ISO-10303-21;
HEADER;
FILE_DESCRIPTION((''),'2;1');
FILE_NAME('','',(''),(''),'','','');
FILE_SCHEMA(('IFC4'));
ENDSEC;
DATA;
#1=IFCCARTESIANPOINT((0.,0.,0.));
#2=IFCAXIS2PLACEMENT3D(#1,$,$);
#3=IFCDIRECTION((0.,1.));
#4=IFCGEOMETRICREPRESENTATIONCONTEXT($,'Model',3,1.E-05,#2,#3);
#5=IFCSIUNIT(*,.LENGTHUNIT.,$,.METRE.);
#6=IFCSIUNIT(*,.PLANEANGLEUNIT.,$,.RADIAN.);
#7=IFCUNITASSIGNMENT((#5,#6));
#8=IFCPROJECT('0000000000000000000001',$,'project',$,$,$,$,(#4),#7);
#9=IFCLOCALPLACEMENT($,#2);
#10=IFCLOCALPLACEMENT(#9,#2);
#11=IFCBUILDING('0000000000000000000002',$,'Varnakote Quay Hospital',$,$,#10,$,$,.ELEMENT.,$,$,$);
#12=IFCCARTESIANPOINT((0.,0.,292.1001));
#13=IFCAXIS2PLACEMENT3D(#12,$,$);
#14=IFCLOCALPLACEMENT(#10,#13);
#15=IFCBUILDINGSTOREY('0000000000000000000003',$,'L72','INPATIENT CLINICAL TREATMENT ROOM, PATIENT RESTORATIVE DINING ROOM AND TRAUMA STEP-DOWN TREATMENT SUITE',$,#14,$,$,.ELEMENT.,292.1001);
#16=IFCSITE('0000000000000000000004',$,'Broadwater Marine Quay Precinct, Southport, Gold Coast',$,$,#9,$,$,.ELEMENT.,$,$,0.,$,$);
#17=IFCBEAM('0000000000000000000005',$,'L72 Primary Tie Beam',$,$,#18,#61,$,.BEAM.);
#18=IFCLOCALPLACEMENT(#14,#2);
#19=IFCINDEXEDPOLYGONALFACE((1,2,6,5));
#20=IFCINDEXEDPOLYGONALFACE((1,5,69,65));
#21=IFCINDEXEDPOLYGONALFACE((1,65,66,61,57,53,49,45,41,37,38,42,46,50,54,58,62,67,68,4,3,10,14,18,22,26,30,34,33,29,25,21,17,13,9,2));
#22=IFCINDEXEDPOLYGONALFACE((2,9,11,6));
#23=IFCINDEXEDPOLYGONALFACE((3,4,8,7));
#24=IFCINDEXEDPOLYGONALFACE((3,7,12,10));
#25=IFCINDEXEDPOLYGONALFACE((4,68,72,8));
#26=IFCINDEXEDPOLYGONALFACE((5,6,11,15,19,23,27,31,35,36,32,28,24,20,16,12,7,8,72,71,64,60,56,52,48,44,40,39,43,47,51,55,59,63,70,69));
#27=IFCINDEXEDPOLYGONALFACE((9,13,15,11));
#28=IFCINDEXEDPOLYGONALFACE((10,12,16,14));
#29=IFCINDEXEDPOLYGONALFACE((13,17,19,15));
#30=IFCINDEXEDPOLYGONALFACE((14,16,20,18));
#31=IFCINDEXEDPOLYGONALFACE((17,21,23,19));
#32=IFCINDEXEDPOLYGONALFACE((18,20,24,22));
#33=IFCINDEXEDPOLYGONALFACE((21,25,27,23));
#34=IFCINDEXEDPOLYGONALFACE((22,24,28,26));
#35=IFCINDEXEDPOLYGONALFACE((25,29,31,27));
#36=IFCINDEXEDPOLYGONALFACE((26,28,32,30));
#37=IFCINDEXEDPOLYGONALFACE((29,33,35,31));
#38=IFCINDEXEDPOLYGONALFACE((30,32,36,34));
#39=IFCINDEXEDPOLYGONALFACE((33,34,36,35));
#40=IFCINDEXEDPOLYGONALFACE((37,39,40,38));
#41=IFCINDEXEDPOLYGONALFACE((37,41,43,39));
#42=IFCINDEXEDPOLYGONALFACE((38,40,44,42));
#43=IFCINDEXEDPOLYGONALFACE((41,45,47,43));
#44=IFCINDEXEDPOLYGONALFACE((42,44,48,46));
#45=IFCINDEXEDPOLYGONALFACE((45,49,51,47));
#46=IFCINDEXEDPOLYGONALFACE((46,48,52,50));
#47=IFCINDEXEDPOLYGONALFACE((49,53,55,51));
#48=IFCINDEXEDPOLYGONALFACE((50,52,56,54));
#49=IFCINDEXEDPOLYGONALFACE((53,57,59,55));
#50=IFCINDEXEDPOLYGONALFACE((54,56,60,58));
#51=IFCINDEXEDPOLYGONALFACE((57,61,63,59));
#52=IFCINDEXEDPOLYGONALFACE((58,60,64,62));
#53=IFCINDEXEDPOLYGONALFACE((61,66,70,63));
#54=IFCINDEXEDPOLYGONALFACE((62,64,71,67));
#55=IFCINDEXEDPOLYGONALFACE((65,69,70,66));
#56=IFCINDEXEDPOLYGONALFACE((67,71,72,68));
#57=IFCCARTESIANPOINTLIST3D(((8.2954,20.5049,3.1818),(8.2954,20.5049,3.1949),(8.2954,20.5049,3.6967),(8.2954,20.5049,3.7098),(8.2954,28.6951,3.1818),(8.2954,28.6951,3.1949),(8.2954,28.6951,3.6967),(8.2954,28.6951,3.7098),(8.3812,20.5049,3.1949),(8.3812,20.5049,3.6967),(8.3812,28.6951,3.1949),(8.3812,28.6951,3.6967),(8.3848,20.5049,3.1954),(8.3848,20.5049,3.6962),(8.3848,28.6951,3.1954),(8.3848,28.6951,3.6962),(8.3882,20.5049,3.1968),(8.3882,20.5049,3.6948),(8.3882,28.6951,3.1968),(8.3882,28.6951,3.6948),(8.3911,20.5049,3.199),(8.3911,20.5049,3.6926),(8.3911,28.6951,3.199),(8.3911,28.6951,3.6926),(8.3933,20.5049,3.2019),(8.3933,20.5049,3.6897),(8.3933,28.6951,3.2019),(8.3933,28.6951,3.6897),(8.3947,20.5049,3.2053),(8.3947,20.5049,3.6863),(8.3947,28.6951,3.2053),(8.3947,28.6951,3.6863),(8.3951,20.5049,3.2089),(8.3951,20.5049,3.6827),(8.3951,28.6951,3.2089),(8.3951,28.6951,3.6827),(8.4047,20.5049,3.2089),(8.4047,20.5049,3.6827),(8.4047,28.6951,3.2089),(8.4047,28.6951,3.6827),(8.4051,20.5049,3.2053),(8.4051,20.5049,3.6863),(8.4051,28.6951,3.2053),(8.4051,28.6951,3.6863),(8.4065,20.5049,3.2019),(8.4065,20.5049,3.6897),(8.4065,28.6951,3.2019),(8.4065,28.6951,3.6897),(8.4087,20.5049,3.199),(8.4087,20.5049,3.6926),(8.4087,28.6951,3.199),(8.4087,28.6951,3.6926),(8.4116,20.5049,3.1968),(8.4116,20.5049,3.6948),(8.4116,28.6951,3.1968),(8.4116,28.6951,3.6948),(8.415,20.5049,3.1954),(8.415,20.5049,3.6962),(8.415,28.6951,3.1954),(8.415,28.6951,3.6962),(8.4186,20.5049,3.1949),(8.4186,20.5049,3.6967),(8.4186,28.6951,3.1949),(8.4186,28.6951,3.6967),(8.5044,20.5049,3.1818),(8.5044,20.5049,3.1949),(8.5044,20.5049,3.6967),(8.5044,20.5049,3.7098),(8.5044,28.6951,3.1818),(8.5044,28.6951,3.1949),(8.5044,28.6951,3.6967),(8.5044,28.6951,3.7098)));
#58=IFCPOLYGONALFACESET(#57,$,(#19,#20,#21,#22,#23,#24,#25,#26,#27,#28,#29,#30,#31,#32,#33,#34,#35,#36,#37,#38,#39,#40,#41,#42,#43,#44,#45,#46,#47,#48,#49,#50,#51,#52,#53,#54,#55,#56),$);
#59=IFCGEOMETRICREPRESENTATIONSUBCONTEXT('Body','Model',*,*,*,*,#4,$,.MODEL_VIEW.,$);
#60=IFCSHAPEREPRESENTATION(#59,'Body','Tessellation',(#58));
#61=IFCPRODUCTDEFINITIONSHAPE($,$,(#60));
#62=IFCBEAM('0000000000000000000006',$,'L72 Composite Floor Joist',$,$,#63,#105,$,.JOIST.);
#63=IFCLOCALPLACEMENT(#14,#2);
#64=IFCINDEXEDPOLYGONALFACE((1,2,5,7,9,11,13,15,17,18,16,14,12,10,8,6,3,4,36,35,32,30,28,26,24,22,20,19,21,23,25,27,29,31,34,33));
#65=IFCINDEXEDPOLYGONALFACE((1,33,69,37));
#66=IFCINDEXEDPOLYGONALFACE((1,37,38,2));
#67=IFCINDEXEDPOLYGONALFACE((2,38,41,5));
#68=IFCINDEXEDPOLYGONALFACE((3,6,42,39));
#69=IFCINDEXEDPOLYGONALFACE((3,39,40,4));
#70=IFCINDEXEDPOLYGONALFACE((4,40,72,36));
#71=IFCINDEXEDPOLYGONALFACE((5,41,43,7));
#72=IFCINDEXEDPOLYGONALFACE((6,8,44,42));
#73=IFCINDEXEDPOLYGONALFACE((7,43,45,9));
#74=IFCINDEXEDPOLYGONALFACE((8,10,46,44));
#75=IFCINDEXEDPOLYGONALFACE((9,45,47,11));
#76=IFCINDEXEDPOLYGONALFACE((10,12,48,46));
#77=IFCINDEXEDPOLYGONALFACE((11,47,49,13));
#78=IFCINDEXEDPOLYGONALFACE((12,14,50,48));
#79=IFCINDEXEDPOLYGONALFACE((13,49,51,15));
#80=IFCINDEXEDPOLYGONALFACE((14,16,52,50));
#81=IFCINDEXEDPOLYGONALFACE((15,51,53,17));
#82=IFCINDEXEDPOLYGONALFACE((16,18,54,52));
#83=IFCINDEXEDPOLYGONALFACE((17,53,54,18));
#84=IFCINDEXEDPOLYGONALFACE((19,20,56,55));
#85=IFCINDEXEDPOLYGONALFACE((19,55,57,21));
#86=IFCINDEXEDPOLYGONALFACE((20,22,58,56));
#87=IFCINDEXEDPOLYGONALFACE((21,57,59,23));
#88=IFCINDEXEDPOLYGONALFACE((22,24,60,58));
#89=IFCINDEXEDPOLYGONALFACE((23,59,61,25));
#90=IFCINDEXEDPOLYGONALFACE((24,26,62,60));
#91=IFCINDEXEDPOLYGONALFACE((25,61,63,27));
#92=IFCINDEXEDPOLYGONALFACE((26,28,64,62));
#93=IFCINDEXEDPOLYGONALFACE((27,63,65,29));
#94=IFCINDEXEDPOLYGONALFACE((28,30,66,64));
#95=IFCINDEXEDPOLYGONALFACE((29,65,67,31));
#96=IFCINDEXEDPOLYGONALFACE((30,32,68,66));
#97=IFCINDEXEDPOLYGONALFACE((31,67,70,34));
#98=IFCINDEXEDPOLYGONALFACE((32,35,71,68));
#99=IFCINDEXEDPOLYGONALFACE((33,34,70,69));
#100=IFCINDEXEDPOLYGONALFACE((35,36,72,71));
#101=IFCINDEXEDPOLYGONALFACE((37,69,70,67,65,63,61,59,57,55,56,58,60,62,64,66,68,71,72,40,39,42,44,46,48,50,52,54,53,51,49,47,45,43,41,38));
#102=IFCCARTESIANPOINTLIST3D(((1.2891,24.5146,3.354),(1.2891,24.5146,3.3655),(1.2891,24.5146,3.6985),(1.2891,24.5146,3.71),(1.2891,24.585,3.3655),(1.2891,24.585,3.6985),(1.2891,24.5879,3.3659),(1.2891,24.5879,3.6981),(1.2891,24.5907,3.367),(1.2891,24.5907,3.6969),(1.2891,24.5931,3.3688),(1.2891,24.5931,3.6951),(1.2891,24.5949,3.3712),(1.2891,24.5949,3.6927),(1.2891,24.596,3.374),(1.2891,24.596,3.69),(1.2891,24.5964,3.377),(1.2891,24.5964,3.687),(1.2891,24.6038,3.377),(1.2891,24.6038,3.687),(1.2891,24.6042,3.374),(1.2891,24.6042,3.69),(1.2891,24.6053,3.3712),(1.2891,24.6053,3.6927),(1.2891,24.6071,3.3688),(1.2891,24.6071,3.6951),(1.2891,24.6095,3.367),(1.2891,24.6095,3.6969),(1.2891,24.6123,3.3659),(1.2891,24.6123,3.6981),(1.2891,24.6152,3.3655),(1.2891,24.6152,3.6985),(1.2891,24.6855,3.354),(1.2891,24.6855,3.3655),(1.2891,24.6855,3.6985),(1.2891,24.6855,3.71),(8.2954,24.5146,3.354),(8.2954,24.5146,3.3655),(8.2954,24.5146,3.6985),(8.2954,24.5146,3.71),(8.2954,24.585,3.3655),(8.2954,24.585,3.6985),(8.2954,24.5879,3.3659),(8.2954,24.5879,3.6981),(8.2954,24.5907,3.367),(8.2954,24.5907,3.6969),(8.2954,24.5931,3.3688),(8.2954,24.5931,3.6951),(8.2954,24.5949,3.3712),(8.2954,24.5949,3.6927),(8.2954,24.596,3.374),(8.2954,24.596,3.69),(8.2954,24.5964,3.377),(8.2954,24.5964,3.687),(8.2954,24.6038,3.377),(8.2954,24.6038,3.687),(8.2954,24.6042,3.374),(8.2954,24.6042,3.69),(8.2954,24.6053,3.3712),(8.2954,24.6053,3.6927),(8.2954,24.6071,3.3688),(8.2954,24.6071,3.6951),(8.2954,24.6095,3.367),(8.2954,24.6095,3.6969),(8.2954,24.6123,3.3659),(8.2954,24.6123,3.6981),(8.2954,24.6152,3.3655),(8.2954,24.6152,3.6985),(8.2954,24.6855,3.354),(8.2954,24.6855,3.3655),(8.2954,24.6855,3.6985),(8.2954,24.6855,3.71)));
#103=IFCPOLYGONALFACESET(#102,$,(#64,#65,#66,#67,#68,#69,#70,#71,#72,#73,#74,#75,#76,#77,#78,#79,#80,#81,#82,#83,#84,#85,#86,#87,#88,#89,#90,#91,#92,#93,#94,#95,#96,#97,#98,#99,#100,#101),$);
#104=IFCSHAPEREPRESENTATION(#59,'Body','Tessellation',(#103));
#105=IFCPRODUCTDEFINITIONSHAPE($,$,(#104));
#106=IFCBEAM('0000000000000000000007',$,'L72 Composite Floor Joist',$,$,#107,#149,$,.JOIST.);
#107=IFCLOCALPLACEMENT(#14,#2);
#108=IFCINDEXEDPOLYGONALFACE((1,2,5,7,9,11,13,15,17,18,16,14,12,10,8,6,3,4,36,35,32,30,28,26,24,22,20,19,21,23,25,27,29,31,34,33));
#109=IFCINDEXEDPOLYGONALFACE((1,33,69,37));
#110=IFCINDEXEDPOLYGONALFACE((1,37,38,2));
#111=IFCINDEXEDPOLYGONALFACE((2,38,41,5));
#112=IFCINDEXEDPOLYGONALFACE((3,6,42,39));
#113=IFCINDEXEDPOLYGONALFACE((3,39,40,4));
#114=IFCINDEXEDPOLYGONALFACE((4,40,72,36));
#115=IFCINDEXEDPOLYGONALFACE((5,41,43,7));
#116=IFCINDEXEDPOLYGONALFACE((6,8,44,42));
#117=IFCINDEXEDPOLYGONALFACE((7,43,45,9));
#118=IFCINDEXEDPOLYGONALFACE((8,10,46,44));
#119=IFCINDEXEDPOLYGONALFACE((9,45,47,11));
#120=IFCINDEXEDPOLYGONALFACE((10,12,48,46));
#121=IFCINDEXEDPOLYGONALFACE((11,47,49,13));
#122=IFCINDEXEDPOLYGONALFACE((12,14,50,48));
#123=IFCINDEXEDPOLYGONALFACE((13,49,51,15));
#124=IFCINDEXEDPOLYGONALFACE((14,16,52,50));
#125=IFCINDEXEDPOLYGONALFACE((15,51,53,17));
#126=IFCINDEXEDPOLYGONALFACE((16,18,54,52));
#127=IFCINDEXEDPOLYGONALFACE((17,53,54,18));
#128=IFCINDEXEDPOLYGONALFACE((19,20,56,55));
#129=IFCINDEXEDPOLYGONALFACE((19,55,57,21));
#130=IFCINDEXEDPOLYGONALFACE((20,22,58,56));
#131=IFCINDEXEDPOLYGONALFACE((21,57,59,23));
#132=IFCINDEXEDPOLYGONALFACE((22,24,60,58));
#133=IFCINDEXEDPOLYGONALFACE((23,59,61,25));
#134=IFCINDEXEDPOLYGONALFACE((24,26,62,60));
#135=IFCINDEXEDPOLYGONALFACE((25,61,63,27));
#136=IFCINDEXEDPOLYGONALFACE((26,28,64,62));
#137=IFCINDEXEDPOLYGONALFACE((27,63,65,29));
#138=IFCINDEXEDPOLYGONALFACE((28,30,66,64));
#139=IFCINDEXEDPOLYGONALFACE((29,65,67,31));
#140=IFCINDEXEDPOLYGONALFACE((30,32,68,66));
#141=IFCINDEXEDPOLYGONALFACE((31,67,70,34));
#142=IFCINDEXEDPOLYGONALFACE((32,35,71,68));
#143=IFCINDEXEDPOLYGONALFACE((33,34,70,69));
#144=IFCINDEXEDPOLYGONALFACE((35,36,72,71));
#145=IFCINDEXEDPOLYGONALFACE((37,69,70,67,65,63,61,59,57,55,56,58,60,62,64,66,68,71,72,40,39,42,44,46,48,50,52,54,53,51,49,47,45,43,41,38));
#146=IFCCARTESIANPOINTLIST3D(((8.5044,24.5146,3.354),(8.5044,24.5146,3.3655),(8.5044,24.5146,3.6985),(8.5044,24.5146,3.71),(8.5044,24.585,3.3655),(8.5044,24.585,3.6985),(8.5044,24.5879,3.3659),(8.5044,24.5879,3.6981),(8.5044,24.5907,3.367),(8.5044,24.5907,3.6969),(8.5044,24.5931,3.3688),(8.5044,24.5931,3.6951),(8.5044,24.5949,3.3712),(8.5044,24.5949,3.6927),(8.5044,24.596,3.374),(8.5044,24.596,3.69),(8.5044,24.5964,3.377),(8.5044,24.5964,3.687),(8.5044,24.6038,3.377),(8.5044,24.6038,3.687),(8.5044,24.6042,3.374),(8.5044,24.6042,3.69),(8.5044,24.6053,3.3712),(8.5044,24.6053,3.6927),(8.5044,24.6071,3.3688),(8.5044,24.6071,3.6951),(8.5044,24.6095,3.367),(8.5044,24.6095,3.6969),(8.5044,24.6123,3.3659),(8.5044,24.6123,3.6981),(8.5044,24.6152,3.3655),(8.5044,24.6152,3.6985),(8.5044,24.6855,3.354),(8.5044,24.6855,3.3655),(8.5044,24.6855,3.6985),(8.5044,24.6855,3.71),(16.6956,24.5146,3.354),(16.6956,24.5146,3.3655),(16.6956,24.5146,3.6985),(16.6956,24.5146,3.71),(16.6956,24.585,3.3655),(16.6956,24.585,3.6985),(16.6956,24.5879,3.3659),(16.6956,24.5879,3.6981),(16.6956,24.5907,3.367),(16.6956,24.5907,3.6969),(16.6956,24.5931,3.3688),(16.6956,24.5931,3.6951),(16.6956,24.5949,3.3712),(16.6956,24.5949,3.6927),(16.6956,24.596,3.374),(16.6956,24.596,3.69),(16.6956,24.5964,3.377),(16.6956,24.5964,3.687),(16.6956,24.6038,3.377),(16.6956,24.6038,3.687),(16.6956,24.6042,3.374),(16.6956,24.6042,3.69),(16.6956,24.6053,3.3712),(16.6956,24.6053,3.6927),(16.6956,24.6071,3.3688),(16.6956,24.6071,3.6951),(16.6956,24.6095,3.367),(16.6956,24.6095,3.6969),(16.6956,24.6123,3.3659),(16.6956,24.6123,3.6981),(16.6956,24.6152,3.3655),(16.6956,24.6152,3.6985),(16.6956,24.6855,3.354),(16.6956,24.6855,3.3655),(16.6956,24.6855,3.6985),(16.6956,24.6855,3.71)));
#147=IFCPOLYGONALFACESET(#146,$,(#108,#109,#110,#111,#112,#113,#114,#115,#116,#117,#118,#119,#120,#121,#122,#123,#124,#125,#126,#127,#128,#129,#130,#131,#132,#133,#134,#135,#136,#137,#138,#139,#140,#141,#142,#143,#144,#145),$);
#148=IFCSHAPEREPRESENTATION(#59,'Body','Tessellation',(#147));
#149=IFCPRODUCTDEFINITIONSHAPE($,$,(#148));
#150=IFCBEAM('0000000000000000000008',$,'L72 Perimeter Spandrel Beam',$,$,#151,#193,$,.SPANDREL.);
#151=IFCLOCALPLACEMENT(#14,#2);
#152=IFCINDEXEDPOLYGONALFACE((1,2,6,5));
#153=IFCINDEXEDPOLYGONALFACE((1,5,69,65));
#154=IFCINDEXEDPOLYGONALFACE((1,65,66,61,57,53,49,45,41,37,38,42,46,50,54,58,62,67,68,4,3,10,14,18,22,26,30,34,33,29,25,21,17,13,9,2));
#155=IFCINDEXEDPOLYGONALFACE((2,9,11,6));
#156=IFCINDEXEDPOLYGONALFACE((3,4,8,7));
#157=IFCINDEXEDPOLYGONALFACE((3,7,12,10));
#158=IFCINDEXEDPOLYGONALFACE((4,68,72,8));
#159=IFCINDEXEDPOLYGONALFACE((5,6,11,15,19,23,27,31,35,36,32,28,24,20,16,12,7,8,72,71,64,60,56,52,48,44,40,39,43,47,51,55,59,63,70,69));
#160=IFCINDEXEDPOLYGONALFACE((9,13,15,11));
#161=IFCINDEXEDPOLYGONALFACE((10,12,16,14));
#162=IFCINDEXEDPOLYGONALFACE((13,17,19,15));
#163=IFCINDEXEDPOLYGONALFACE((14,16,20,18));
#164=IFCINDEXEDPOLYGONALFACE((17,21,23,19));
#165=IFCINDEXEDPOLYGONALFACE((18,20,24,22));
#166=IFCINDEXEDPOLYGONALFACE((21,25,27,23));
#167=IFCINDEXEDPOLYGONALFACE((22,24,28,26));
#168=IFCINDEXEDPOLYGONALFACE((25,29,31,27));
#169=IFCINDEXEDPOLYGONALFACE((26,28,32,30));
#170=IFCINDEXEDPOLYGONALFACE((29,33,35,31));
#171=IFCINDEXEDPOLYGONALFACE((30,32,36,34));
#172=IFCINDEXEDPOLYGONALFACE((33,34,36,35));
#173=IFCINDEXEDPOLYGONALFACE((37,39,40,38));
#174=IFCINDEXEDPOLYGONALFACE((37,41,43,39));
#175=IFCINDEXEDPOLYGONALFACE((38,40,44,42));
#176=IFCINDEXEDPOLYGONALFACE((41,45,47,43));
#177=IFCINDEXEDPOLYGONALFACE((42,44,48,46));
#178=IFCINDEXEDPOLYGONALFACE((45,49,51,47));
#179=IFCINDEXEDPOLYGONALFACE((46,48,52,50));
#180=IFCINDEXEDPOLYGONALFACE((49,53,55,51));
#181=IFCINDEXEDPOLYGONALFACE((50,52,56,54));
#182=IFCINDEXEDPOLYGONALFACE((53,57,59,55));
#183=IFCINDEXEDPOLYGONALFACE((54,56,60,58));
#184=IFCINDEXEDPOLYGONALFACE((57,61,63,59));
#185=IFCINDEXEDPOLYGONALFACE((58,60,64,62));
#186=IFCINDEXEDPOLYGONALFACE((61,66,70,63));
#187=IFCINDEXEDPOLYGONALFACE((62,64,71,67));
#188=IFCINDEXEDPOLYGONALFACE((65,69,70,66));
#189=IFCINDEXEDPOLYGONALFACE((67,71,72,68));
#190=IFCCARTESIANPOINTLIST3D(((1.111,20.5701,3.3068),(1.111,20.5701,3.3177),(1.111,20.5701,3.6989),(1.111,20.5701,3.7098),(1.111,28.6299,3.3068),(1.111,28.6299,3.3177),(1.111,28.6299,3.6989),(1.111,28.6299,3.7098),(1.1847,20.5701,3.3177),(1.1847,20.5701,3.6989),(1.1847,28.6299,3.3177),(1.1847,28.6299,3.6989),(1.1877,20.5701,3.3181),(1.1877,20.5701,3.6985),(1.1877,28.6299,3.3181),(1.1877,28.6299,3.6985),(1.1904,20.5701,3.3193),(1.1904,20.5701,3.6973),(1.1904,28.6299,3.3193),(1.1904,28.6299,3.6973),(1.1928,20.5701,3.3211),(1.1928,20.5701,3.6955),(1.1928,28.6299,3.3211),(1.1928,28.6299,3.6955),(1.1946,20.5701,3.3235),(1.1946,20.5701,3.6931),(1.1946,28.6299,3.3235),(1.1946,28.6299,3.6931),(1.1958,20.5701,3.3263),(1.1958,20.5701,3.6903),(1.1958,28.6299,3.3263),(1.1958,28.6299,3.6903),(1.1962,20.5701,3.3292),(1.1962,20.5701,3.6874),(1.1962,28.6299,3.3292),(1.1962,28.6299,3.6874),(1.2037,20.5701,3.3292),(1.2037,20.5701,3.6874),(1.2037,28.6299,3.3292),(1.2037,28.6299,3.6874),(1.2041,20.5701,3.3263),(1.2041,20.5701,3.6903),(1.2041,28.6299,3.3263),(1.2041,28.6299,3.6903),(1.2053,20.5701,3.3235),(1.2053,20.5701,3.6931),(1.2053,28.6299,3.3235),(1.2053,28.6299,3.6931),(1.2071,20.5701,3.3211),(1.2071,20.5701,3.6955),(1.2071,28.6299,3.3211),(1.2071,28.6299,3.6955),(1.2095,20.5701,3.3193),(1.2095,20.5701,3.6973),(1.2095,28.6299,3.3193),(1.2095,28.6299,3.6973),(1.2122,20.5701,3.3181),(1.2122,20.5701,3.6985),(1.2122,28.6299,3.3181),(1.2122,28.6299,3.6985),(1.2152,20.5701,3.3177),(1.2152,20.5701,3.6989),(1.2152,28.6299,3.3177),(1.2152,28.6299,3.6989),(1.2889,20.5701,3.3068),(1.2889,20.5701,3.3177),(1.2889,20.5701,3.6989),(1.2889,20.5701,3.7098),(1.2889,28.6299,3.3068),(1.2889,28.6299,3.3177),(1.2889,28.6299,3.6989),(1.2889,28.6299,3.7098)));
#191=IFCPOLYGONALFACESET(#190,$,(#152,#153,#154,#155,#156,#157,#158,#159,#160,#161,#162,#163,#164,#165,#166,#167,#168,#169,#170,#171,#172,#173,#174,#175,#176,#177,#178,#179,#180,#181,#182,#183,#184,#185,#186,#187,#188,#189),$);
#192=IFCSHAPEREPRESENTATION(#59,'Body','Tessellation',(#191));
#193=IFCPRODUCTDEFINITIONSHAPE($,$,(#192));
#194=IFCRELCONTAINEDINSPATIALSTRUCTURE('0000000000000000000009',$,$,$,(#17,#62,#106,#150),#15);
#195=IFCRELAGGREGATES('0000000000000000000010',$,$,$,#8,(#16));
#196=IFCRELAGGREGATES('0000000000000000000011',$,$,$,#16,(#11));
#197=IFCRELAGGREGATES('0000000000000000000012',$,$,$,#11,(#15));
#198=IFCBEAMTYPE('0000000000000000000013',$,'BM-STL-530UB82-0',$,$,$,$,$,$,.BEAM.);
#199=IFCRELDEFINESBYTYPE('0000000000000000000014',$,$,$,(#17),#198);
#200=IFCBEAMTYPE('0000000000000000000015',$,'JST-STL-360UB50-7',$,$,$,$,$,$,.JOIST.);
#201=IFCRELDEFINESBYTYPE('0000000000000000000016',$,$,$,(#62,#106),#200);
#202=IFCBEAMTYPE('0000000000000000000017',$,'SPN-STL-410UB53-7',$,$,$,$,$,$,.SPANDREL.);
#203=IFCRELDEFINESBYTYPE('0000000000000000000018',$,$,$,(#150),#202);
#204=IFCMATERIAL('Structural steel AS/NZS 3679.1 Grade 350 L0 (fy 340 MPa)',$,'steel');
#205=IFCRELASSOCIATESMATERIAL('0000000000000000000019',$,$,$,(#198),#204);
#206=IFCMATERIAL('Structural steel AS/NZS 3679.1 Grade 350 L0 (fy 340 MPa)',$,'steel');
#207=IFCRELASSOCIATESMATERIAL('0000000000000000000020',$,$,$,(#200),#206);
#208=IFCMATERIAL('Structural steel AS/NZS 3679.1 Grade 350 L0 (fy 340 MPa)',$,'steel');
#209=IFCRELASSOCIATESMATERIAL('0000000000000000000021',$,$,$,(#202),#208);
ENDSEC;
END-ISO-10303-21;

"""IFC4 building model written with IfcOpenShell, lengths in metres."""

from ifc_helpers import new_model, si_unit, direction, frame, origin, origin_2d, place, context, subcontext, project, spatial, i_section, extrude, material, material_profile, profile_set, type_object, element, save


model = new_model("IFC4")

# Units and contexts
model_context = context("Model", 3, precision=1e-05, world=origin(), true_north=direction((0.0, 1.0)))
body_context = subcontext(model_context, "Body", "Model", "MODEL_VIEW")
ifc_project = project(units=[si_unit("LENGTHUNIT", "METRE"), si_unit("PLANEANGLEUNIT", "RADIAN")], contexts=[model_context])

# Site, building, storey
site_placement = place(None, origin())
site = spatial("IfcSite", under=ifc_project, at=site_placement, Name="Broadwater Marine Quay Precinct, Southport, Gold Coast", CompositionType="ELEMENT", RefElevation=0.0)
building_placement = place(site_placement, origin())
building = spatial("IfcBuilding", under=site, at=building_placement, Name="Varnakote Quay Hospital", CompositionType="ELEMENT")
storey_placement = place(building_placement, frame((0.0, 0.0, 292.1001)))
storey = spatial("IfcBuildingStorey", under=building, at=storey_placement, Name="L72", Description="INPATIENT CLINICAL TREATMENT ROOM, PATIENT RESTORATIVE DINING ROOM AND TRAUMA STEP-DOWN TREATMENT SUITE", CompositionType="ELEMENT", Elevation=292.1001)

# Beams
ifc_material_1 = material(Name="Structural steel AS/NZS 3679.1 Grade 350 L0 (fy 340 MPa)", Category="steel")
ifc_material_profile_1 = material_profile(ifc_material_1, i_section(OverallWidth=0.209, OverallDepth=0.5281, WebThickness=0.0095, FlangeThickness=0.0132, FilletRadius=0.0139, at=origin_2d()), Name="530UB82.0")
ifc_profile_set_1 = profile_set([ifc_material_profile_1], Name="Structural steel AS/NZS 3679.1 Grade 350 L0 (fy 340 MPa)")
beam_type_1 = type_object("IfcBeamType", Name="BM-STL-530UB82-0", PredefinedType="BEAM", material=ifc_profile_set_1)
beam_1_placement = place(storey_placement, frame((8.3999, 20.5049, 3.4458), z_axis=(0.0, 1.0, 0.0), x_axis=(-1.0, 0.0, 0.0)))
element("IfcBeam", 1, at=beam_1_placement, inside=storey, type_object=beam_type_1, Name="L72 Primary Tie Beam", PredefinedType="BEAM", context=body_context, shape_type="SweptSolid", body=[
    extrude(i_section(OverallWidth=0.209, OverallDepth=0.5281, WebThickness=0.0095, FlangeThickness=0.0132, FilletRadius=0.0139, at=origin_2d()), origin(), (0.0, 0.0, 1.0), 8.1902),
])
ifc_material_2 = material(Name="Structural steel AS/NZS 3679.1 Grade 350 L0 (fy 340 MPa)", Category="steel")
ifc_material_profile_2 = material_profile(ifc_material_2, i_section(OverallWidth=0.1709, OverallDepth=0.356, WebThickness=0.0073, FlangeThickness=0.0115, FilletRadius=0.0115, at=origin_2d()), Name="360UB50.7")
ifc_profile_set_2 = profile_set([ifc_material_profile_2], Name="Structural steel AS/NZS 3679.1 Grade 350 L0 (fy 340 MPa)")
beam_type_2 = type_object("IfcBeamType", Name="JST-STL-360UB50-7", PredefinedType="JOIST", material=ifc_profile_set_2)
beam_2_placement = place(storey_placement, frame((1.2891, 24.6001, 3.532), z_axis=(1.0, 0.0, 0.0), x_axis=(0.0, 1.0, 0.0)))
element("IfcBeam", 2, at=beam_2_placement, inside=storey, type_object=beam_type_2, Name="L72 Composite Floor Joist", PredefinedType="JOIST", context=body_context, shape_type="SweptSolid", body=[
    extrude(i_section(OverallWidth=0.1709, OverallDepth=0.356, WebThickness=0.0073, FlangeThickness=0.0115, FilletRadius=0.0115, at=origin_2d()), origin(), (0.0, 0.0, 1.0), 7.0063),
])
beam_3_placement = place(storey_placement, frame((8.5044, 24.6001, 3.532), z_axis=(1.0, 0.0, 0.0), x_axis=(0.0, 1.0, 0.0)))
element("IfcBeam", 3, at=beam_3_placement, inside=storey, type_object=beam_type_2, Name="L72 Composite Floor Joist", PredefinedType="JOIST", context=body_context, shape_type="SweptSolid", body=[
    extrude(i_section(OverallWidth=0.1709, OverallDepth=0.356, WebThickness=0.0073, FlangeThickness=0.0115, FilletRadius=0.0115, at=origin_2d()), origin(), (0.0, 0.0, 1.0), 8.1912),
])
ifc_material_3 = material(Name="Structural steel AS/NZS 3679.1 Grade 350 L0 (fy 340 MPa)", Category="steel")
ifc_material_profile_3 = material_profile(ifc_material_3, i_section(OverallWidth=0.178, OverallDepth=0.4031, WebThickness=0.0076, FlangeThickness=0.011, FilletRadius=0.0115, at=origin_2d()), Name="410UB53.7")
ifc_profile_set_3 = profile_set([ifc_material_profile_3], Name="Structural steel AS/NZS 3679.1 Grade 350 L0 (fy 340 MPa)")
beam_type_3 = type_object("IfcBeamType", Name="SPN-STL-410UB53-7", PredefinedType="SPANDREL", material=ifc_profile_set_3)
beam_4_placement = place(storey_placement, frame((1.2, 20.5701, 3.5083), z_axis=(0.0, 1.0, 0.0), x_axis=(-1.0, 0.0, 0.0)))
element("IfcBeam", 4, at=beam_4_placement, inside=storey, type_object=beam_type_3, Name="L72 Perimeter Spandrel Beam", PredefinedType="SPANDREL", context=body_context, shape_type="SweptSolid", body=[
    extrude(i_section(OverallWidth=0.178, OverallDepth=0.4031, WebThickness=0.0076, FlangeThickness=0.011, FilletRadius=0.0115, at=origin_2d()), origin(), (0.0, 0.0, 1.0), 8.0598),
])

save(model, "model.ifc")
